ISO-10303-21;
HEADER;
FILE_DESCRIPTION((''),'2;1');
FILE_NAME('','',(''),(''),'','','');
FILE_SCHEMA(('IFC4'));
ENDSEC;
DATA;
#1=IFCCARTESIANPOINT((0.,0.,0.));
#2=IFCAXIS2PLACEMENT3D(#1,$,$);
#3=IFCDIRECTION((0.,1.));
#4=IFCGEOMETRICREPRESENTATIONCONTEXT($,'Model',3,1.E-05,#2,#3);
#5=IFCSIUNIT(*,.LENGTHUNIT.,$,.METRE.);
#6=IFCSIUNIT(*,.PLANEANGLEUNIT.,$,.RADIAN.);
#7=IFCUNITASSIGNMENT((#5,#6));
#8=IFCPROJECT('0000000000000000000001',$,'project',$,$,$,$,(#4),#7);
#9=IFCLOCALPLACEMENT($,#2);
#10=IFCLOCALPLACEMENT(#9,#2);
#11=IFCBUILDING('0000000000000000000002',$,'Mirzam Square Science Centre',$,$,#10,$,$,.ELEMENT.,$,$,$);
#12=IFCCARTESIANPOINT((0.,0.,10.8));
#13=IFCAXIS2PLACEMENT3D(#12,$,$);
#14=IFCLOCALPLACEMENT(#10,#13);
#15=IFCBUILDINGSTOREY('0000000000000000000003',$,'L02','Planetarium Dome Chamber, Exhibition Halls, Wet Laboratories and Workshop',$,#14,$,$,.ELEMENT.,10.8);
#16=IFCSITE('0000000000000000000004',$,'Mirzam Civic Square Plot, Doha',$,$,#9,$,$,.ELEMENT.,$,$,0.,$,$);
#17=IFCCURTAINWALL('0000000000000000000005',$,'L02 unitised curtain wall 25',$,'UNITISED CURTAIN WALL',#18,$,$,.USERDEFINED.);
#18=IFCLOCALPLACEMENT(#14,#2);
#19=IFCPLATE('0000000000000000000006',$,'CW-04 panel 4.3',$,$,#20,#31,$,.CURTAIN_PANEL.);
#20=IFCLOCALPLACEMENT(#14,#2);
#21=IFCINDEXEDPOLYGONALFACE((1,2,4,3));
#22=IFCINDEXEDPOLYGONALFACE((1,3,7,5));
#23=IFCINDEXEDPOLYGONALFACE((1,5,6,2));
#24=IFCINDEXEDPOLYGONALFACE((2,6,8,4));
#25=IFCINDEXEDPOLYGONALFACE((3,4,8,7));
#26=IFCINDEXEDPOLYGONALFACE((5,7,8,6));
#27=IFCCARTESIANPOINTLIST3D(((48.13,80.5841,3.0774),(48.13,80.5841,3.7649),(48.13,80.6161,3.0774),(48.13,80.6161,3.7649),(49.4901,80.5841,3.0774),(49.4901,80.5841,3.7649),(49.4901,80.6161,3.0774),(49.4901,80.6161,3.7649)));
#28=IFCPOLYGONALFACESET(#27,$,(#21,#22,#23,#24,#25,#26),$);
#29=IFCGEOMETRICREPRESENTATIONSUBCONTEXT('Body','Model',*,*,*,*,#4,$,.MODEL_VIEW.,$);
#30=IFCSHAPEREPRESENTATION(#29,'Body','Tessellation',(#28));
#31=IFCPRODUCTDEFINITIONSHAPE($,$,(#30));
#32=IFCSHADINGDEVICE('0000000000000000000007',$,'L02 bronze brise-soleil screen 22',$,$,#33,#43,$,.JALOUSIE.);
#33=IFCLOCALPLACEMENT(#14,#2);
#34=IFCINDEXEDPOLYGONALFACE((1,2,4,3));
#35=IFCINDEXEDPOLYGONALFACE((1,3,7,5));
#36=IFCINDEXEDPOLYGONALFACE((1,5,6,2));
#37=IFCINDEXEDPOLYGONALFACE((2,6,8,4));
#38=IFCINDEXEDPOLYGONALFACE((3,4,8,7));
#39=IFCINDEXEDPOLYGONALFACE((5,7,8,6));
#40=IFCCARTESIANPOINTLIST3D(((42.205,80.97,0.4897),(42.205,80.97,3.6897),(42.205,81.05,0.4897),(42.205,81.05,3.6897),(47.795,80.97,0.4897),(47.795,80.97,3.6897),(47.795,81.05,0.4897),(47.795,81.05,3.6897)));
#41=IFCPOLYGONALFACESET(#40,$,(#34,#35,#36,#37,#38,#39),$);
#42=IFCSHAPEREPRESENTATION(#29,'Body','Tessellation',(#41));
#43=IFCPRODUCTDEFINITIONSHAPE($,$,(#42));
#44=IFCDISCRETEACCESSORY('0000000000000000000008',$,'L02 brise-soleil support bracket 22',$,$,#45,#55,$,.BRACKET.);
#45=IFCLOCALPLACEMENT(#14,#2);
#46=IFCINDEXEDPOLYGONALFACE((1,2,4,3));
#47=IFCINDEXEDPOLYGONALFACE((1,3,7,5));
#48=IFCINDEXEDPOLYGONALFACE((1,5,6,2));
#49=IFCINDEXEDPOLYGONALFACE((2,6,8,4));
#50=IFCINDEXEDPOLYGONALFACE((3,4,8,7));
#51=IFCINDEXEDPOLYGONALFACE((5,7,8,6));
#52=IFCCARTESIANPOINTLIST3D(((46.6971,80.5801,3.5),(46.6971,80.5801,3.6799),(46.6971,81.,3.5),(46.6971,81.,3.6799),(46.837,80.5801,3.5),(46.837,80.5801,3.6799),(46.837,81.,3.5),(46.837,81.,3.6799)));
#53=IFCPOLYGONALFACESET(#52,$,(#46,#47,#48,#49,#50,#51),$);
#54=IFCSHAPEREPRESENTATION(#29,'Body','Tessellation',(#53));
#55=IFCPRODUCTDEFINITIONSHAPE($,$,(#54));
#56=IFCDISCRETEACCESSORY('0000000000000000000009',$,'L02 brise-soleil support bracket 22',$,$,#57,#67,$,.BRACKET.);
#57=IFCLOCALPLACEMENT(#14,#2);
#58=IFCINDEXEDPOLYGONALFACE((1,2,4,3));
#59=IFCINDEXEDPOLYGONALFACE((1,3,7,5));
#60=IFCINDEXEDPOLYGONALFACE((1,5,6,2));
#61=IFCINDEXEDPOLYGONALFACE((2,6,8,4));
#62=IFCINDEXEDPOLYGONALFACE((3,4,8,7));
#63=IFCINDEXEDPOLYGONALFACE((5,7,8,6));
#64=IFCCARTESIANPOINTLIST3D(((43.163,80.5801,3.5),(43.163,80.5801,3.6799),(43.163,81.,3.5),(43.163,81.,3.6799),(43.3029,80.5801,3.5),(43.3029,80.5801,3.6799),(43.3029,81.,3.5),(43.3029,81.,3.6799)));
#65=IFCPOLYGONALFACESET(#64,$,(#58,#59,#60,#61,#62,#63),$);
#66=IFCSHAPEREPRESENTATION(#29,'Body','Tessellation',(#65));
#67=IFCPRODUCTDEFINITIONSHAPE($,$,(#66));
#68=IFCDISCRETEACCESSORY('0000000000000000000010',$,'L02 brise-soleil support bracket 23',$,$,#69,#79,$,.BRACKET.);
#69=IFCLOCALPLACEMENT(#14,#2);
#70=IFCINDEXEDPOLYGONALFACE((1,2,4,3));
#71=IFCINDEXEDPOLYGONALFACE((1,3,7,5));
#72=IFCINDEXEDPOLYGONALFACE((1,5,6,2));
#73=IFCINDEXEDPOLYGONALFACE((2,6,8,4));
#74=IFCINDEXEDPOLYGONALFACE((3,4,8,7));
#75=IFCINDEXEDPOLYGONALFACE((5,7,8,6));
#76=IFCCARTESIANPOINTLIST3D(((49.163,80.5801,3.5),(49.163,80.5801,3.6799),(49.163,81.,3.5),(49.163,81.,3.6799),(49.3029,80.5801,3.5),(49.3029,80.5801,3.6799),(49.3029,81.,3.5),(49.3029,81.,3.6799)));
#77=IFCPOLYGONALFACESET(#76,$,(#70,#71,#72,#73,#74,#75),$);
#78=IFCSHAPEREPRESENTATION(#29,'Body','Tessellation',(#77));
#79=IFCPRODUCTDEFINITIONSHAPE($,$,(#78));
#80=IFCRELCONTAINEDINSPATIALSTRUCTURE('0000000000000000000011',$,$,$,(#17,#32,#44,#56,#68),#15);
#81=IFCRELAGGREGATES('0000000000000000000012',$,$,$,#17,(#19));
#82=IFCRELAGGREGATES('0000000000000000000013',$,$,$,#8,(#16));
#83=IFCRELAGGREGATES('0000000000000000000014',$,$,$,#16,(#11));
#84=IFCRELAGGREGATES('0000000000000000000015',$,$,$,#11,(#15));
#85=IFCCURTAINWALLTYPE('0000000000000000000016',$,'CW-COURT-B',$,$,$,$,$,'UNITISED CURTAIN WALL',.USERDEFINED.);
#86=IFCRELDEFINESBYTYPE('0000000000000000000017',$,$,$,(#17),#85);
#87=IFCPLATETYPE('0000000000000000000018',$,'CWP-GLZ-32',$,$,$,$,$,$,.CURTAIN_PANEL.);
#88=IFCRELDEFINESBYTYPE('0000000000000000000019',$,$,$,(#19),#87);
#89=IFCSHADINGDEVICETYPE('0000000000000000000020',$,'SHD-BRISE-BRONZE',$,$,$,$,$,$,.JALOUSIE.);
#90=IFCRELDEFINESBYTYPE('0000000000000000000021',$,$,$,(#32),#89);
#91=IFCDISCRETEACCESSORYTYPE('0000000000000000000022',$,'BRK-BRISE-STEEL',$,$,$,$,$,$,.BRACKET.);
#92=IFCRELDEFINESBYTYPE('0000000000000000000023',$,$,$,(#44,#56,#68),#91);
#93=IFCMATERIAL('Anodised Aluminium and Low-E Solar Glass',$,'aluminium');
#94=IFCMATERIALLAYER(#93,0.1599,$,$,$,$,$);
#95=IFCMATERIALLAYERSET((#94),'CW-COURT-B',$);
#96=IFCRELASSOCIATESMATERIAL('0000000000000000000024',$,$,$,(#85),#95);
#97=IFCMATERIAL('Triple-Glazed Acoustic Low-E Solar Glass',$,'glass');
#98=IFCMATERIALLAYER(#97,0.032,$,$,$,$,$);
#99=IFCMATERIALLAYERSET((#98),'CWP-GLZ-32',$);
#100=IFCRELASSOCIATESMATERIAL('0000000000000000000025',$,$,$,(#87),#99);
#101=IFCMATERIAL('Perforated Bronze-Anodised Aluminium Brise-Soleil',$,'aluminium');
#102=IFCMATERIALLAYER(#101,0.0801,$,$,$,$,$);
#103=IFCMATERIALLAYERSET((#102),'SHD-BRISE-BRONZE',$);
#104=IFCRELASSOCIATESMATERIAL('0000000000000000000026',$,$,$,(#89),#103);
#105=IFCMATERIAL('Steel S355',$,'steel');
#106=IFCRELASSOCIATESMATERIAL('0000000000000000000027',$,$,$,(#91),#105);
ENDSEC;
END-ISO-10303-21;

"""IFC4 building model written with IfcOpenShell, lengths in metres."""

from ifc_helpers import new_model, si_unit, direction, frame, origin, origin_2d, place, context, subcontext, project, spatial, rectangle, extrude, material, layer, layer_set, type_object, element, aggregate, save


model = new_model("IFC4")

# Units and contexts
model_context = context("Model", 3, precision=1e-05, world=origin(), true_north=direction((0.0, 1.0)))
body_context = subcontext(model_context, "Body", "Model", "MODEL_VIEW")
ifc_project = project(units=[si_unit("LENGTHUNIT", "METRE"), si_unit("PLANEANGLEUNIT", "RADIAN")], contexts=[model_context])

# Site, building, storey
site_placement = place(None, origin())
site = spatial("IfcSite", under=ifc_project, at=site_placement, Name="Mirzam Civic Square Plot, Doha", CompositionType="ELEMENT", RefElevation=0.0)
building_placement = place(site_placement, origin())
building = spatial("IfcBuilding", under=site, at=building_placement, Name="Mirzam Square Science Centre", CompositionType="ELEMENT")
storey_placement = place(building_placement, frame((0.0, 0.0, 10.8)))
storey = spatial("IfcBuildingStorey", under=building, at=storey_placement, Name="L02", Description="Planetarium Dome Chamber, Exhibition Halls, Wet Laboratories and Workshop", CompositionType="ELEMENT", Elevation=10.8)

# Shared definitions
ifc_material_1 = material(Name="Steel S355", Category="steel")

# Curtain wall
ifc_material_2 = material(Name="Anodised Aluminium and Low-E Solar Glass", Category="aluminium")
ifc_layer_1 = layer(ifc_material_2, 0.1599)
ifc_layer_set_1 = layer_set([ifc_layer_1], Name="CW-COURT-B")
curtain_wall_type_1 = type_object("IfcCurtainWallType", Name="CW-COURT-B", ElementType="UNITISED CURTAIN WALL", PredefinedType="USERDEFINED", material=ifc_layer_set_1)
curtain_wall_1_placement = place(storey_placement, origin())
curtain_wall_1 = element("IfcCurtainWall", 1, at=curtain_wall_1_placement, inside=storey, type_object=curtain_wall_type_1, Name="L02 unitised curtain wall 25", ObjectType="UNITISED CURTAIN WALL", PredefinedType="USERDEFINED")

# Plate
ifc_material_3 = material(Name="Triple-Glazed Acoustic Low-E Solar Glass", Category="glass")
ifc_layer_2 = layer(ifc_material_3, 0.032)
ifc_layer_set_2 = layer_set([ifc_layer_2], Name="CWP-GLZ-32")
plate_type_1 = type_object("IfcPlateType", Name="CWP-GLZ-32", PredefinedType="CURTAIN_PANEL", material=ifc_layer_set_2)
plate_1_placement = place(storey_placement, frame((48.8101, 80.6001, 3.0774), z_axis=(0.0, 0.0, 1.0), x_axis=(-1.0, 0.0, 0.0)))
plate_1 = element("IfcPlate", 2, at=plate_1_placement, type_object=plate_type_1, Name="CW-04 panel 4.3", PredefinedType="CURTAIN_PANEL", context=body_context, shape_type="SweptSolid", body=[
    extrude(rectangle(XDim=1.3601, YDim=0.032, at=origin_2d()), origin(), (0.0, 0.0, 1.0), 0.6875),
])
aggregate(curtain_wall_1, [plate_1])

# Shading device
ifc_material_4 = material(Name="Perforated Bronze-Anodised Aluminium Brise-Soleil", Category="aluminium")
ifc_layer_3 = layer(ifc_material_4, 0.0801)
ifc_layer_set_3 = layer_set([ifc_layer_3], Name="SHD-BRISE-BRONZE")
shading_device_type = type_object("IfcShadingDeviceType", Name="SHD-BRISE-BRONZE", PredefinedType="JALOUSIE", material=ifc_layer_set_3)
shading_device_placement = place(storey_placement, frame((45.0, 81.01, 0.4897), z_axis=(0.0, 0.0, 1.0), x_axis=(-1.0, 0.0, 0.0)))
element("IfcShadingDevice", 3, at=shading_device_placement, inside=storey, type_object=shading_device_type, Name="L02 bronze brise-soleil screen 22", PredefinedType="JALOUSIE", context=body_context, shape_type="SweptSolid", body=[
    extrude(rectangle(XDim=5.5901, YDim=0.0801, at=origin_2d()), origin(), (0.0, 0.0, 1.0), 3.2),
])

# Discrete accessories
discrete_accessory_type = type_object("IfcDiscreteAccessoryType", Name="BRK-BRISE-STEEL", PredefinedType="BRACKET", material=ifc_material_1)
for number, where, z_axis, x_axis, name in (
    (4, (46.7671, 80.79, 3.5), (0.0, 0.0, 1.0), (-1.0, 0.0, 0.0), "L02 brise-soleil support bracket 22"),
    (5, (43.2329, 80.79, 3.5), (0.0, 0.0, 1.0), (-1.0, 0.0, 0.0), "L02 brise-soleil support bracket 22"),
    (6, (49.2329, 80.79, 3.5), (0.0, 0.0, 1.0), (-1.0, 0.0, 0.0), "L02 brise-soleil support bracket 23"),
):
    element("IfcDiscreteAccessory", number, at=place(storey_placement, frame(where, z_axis=z_axis, x_axis=x_axis)), inside=storey, type_object=discrete_accessory_type, Name=name, PredefinedType="BRACKET", context=body_context, shape_type="SweptSolid", body=[
        extrude(rectangle(XDim=0.1399, YDim=0.4199, at=origin_2d()), origin(), (0.0, 0.0, 1.0), 0.1799),
    ])

save(model, "model.ifc")
